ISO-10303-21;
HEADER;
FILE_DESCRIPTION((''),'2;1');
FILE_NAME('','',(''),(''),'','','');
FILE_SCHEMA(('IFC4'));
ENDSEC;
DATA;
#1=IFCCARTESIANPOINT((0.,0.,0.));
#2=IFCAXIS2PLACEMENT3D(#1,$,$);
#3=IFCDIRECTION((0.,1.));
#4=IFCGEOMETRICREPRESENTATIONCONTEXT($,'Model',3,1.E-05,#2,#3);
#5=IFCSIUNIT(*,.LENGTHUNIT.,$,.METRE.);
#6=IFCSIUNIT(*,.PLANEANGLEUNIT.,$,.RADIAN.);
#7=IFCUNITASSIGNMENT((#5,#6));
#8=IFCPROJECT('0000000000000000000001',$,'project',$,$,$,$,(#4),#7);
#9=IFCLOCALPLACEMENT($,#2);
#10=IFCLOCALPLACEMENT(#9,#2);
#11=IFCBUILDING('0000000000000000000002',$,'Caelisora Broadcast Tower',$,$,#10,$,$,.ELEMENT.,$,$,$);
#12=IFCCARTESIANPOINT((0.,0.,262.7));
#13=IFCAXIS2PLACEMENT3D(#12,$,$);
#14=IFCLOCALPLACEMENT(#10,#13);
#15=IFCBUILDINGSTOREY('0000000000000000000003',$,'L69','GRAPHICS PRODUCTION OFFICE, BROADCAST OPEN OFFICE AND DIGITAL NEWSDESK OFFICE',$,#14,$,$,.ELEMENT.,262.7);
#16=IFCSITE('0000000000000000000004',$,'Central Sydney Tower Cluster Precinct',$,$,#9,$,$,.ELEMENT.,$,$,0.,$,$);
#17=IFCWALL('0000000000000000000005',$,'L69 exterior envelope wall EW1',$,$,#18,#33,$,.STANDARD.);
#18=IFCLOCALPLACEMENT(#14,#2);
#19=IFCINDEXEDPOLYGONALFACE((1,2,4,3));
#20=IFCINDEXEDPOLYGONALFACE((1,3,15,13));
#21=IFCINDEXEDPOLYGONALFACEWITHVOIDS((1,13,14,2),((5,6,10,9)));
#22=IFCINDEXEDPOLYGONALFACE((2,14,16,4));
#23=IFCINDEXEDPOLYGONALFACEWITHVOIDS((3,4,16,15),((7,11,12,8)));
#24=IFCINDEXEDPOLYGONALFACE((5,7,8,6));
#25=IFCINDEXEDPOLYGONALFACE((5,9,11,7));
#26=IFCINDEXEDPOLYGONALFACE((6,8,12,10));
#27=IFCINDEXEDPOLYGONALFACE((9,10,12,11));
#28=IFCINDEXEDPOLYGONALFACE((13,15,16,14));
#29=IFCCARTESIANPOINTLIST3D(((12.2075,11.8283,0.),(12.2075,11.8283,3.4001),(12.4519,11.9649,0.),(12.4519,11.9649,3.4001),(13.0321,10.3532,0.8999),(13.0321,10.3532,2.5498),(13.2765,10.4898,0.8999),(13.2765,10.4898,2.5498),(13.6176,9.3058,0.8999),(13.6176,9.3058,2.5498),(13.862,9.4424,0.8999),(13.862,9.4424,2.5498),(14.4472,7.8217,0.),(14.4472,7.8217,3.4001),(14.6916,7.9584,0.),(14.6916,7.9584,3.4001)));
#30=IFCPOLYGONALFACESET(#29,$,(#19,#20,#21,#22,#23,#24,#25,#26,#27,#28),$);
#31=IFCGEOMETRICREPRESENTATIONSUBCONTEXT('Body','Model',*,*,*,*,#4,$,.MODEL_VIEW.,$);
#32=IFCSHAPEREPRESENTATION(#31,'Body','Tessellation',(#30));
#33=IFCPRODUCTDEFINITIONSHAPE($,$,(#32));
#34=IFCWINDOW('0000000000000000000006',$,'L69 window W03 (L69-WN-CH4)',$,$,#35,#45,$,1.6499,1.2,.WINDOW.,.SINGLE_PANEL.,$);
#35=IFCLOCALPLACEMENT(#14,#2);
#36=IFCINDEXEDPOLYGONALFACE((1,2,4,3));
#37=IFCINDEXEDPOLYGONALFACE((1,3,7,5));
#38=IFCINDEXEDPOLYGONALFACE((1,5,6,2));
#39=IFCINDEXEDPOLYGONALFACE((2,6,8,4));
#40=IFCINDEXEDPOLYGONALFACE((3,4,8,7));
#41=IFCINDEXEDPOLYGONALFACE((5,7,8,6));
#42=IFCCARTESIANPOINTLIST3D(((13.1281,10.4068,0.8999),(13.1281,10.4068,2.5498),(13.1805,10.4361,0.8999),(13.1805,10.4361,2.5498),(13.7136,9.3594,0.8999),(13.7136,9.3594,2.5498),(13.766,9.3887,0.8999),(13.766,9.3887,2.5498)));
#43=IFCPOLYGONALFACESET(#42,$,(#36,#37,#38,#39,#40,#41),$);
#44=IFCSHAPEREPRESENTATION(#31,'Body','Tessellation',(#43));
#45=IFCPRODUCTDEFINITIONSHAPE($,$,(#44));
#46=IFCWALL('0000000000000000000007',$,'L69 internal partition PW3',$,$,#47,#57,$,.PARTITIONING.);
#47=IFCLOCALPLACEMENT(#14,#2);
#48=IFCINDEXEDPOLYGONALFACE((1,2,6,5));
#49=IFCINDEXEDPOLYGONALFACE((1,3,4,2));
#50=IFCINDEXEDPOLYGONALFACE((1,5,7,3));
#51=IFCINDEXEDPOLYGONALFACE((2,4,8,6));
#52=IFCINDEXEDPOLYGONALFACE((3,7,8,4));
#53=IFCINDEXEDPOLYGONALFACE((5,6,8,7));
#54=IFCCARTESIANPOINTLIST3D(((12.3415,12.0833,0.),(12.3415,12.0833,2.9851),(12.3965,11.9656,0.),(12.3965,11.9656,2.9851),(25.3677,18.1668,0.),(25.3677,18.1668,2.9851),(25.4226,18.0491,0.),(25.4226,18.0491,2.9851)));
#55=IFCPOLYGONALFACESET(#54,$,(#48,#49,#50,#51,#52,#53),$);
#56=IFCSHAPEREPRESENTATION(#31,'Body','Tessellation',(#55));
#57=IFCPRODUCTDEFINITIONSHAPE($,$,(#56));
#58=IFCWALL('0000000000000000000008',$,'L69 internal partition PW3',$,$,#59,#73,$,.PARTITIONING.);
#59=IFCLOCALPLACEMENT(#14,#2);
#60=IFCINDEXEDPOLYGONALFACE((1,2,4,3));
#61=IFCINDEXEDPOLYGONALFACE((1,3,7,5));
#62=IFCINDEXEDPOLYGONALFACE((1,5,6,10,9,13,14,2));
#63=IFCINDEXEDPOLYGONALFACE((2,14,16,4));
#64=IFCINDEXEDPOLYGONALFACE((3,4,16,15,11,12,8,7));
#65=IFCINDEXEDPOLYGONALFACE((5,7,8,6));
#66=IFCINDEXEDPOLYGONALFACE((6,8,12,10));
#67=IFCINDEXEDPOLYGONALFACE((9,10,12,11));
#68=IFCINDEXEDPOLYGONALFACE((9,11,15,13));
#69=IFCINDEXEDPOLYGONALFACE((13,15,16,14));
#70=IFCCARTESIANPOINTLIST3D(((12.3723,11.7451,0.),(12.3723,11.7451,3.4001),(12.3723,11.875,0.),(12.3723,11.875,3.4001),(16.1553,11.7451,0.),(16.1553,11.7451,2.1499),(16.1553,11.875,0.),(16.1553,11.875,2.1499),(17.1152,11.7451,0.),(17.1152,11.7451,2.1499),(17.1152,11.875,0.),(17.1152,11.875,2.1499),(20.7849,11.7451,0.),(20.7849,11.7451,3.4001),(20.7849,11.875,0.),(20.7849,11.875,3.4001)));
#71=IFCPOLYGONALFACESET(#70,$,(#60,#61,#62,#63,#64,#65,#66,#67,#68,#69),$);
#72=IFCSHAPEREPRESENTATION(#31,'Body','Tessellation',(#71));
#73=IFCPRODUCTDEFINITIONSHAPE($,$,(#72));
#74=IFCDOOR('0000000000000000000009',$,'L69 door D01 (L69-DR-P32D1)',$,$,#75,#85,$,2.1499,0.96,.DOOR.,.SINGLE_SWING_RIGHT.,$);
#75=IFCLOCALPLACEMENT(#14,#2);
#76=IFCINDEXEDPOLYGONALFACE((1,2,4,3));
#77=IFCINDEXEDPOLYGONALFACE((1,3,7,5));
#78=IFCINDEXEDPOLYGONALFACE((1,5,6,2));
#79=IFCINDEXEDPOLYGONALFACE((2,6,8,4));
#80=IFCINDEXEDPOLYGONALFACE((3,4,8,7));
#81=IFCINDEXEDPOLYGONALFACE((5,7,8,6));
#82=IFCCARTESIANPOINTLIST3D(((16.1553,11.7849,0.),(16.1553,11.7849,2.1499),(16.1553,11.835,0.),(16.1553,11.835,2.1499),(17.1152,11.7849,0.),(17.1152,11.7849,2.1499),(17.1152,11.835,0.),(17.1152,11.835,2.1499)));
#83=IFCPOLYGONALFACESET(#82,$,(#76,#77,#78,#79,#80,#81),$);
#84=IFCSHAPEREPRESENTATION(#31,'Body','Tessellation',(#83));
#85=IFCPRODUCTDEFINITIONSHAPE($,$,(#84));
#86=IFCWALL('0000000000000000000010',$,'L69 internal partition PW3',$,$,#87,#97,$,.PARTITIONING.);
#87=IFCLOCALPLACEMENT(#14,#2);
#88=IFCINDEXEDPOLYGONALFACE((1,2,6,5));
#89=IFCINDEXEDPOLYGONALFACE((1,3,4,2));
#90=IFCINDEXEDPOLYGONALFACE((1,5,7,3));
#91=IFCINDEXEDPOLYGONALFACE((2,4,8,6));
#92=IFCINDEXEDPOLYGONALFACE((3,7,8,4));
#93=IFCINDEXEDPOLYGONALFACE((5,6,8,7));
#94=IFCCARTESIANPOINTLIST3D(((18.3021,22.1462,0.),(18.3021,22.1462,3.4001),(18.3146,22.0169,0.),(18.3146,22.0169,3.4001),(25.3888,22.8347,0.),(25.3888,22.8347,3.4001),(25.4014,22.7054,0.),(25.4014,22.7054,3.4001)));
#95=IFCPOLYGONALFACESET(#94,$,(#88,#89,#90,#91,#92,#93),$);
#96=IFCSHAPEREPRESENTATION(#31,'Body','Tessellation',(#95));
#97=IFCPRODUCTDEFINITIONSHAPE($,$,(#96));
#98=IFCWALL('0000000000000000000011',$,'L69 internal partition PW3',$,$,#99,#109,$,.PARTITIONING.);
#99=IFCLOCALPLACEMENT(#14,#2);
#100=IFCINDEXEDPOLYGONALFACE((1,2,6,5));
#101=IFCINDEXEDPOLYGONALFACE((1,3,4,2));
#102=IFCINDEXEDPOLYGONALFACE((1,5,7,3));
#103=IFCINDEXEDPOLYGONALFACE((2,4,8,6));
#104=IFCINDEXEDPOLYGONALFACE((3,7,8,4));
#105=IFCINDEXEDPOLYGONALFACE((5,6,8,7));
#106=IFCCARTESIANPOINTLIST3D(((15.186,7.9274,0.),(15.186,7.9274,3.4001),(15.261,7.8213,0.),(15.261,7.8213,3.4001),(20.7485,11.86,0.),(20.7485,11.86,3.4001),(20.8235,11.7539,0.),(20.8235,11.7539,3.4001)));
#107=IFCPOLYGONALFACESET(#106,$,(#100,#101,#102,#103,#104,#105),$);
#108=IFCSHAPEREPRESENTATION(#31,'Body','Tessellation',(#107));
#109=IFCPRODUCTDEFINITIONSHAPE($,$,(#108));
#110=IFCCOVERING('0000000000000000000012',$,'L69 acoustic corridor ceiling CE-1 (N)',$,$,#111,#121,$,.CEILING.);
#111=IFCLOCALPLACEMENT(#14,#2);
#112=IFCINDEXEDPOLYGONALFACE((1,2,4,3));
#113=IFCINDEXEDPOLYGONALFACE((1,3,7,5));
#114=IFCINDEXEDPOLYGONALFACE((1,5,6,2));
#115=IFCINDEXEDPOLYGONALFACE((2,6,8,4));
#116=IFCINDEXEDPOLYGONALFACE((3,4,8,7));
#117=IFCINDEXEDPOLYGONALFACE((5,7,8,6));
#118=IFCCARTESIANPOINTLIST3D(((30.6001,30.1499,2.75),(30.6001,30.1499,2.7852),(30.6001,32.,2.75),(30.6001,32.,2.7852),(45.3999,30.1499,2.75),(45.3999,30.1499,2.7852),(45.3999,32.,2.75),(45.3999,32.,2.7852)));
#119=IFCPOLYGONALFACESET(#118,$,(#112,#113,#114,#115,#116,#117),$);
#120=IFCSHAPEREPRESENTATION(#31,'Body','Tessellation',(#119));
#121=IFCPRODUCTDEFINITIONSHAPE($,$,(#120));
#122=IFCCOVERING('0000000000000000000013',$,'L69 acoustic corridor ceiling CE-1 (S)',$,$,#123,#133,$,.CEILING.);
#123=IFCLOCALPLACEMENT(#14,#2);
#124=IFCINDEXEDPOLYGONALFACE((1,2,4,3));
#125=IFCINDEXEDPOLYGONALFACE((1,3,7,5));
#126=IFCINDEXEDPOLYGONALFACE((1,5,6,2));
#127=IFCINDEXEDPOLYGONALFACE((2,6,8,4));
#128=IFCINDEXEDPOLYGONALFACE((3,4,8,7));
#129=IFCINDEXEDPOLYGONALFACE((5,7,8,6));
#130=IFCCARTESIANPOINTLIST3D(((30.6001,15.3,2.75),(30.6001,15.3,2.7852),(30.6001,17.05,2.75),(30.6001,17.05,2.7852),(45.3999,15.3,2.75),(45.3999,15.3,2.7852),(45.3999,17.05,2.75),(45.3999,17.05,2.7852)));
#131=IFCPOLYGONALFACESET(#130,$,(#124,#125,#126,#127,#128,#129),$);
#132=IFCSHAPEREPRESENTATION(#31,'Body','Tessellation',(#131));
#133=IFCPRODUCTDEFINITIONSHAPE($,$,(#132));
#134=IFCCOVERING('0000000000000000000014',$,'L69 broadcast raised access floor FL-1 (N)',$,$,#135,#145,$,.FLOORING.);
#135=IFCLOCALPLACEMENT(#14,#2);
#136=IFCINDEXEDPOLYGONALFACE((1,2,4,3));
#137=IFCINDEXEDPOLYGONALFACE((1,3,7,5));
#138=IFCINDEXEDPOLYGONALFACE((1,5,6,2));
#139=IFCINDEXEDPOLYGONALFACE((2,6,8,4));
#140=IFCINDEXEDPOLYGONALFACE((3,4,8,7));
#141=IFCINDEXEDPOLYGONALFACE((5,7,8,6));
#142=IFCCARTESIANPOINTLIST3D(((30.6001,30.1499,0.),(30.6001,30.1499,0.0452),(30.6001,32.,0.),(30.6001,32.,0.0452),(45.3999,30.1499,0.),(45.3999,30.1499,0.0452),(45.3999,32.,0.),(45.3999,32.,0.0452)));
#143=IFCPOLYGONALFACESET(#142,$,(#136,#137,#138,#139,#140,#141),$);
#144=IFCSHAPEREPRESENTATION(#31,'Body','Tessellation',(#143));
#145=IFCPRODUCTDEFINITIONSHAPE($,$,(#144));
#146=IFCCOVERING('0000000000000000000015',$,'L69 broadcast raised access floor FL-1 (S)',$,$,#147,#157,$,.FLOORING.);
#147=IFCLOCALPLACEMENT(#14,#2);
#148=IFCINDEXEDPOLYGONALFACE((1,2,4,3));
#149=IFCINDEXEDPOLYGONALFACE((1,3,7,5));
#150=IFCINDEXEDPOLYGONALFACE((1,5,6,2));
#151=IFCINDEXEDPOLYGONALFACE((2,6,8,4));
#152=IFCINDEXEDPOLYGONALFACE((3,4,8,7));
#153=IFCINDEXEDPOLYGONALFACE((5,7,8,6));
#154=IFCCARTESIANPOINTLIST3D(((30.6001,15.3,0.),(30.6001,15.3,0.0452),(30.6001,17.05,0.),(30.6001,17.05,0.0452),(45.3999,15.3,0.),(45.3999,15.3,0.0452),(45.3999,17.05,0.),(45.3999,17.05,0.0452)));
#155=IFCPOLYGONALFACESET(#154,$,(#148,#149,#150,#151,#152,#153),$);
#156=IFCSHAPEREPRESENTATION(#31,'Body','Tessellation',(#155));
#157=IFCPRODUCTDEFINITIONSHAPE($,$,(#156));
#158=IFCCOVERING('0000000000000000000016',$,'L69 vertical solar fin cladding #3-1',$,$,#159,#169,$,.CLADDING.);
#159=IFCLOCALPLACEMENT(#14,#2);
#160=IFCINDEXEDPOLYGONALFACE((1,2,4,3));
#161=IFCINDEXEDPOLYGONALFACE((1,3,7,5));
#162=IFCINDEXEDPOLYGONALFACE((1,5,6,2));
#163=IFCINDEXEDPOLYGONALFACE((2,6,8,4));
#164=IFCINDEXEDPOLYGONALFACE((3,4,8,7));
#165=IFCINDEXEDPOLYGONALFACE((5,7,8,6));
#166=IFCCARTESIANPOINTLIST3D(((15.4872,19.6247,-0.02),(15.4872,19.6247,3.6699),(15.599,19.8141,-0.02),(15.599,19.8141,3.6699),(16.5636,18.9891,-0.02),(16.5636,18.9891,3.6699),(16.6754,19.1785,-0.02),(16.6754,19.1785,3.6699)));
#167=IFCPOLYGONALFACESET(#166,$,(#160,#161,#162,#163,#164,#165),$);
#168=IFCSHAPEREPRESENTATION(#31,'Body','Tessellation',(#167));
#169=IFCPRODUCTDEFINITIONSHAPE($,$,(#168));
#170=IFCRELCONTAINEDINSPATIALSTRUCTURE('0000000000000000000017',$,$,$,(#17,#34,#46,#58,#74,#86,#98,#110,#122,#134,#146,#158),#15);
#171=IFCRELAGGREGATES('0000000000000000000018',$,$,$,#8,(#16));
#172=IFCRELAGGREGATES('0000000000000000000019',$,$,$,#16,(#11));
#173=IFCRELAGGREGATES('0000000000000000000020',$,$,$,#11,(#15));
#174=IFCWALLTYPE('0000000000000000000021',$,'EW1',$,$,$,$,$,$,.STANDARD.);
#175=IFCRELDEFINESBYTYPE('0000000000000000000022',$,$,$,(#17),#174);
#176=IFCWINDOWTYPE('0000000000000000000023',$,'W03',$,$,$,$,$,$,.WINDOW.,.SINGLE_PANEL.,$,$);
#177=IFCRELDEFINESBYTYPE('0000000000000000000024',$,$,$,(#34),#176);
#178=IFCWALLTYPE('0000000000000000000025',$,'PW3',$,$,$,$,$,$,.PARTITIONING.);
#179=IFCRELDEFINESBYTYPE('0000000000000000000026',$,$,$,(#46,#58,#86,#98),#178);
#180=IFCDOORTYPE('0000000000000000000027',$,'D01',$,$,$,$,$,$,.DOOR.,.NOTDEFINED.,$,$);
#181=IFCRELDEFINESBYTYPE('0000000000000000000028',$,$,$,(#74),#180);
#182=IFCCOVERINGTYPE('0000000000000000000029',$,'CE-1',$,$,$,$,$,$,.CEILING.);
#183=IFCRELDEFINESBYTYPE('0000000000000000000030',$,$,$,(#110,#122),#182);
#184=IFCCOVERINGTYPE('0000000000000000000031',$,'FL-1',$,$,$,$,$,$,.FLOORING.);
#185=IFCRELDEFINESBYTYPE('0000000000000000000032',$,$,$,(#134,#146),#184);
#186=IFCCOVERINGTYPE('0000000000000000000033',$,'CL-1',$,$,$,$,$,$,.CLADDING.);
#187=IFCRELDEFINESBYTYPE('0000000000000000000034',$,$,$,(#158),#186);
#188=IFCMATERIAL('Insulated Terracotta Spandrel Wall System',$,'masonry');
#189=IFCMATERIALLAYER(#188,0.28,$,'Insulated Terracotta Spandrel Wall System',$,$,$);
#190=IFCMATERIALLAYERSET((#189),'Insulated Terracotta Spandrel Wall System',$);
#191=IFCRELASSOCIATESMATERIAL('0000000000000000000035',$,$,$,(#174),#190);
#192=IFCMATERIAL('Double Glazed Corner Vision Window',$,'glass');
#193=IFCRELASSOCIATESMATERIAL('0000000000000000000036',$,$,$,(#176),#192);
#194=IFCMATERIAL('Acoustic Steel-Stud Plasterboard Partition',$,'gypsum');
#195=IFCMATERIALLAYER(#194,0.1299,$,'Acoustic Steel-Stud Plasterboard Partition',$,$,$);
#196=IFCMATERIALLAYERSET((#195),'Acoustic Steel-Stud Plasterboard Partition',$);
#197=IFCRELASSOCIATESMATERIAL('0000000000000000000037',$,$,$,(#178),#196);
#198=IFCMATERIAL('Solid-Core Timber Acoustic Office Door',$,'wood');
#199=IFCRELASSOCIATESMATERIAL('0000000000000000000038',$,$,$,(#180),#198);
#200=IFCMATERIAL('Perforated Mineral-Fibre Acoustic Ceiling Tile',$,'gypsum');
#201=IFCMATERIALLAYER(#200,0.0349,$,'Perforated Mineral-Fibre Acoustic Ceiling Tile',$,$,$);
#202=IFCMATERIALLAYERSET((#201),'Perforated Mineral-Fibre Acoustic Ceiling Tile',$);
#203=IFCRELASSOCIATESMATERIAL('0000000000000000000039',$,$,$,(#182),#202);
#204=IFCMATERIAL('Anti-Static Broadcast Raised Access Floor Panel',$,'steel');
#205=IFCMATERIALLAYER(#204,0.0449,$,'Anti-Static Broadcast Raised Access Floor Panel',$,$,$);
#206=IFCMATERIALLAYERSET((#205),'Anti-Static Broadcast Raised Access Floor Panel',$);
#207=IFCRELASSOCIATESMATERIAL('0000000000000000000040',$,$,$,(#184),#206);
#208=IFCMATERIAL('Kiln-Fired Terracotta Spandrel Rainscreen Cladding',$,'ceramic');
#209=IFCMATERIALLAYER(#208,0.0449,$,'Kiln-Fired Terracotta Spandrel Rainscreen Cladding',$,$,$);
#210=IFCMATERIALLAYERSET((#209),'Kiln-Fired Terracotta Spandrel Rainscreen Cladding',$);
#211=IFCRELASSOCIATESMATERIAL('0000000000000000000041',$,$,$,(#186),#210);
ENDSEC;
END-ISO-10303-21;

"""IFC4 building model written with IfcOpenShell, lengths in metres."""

from ifc_helpers import new_model, si_unit, direction, frame, frame_2d, origin, origin_2d, place, context, subcontext, project, spatial, polyline, rectangle, outline, extrude, source, transform, mapped, material, layer, layer_set, type_object, type_shapes, element, fill, save


model = new_model("IFC4")

# Units and contexts
model_context = context("Model", 3, precision=1e-05, world=origin(), true_north=direction((0.0, 1.0)))
body_context = subcontext(model_context, "Body", "Model", "MODEL_VIEW")
ifc_project = project(units=[si_unit("LENGTHUNIT", "METRE"), si_unit("PLANEANGLEUNIT", "RADIAN")], contexts=[model_context])

# Site, building, storey
site_placement = place(None, origin())
site = spatial("IfcSite", under=ifc_project, at=site_placement, Name="Central Sydney Tower Cluster Precinct", CompositionType="ELEMENT", RefElevation=0.0)
building_placement = place(site_placement, origin())
building = spatial("IfcBuilding", under=site, at=building_placement, Name="Caelisora Broadcast Tower", CompositionType="ELEMENT")
storey_placement = place(building_placement, frame((0.0, 0.0, 262.7)))
storey = spatial("IfcBuildingStorey", under=building, at=storey_placement, Name="L69", Description="GRAPHICS PRODUCTION OFFICE, BROADCAST OPEN OFFICE AND DIGITAL NEWSDESK OFFICE", CompositionType="ELEMENT", Elevation=262.7)

# Wall, opening, window
ifc_material_1 = material(Name="Insulated Terracotta Spandrel Wall System", Category="masonry")
ifc_layer_1 = layer(ifc_material_1, 0.28, Name="Insulated Terracotta Spandrel Wall System")
ifc_layer_set_1 = layer_set([ifc_layer_1], Name="Insulated Terracotta Spandrel Wall System")
wall_type_1 = type_object("IfcWallType", Name="EW1", PredefinedType="STANDARD", material=ifc_layer_set_1)
wall_1_placement = place(storey_placement, frame((14.5693, 7.8901, 0.0), z_axis=(0.0, 0.0, 1.0), x_axis=(-0.487949, 0.872872, 0.0)))
wall_1 = element("IfcWall", 1, at=wall_1_placement, inside=storey, type_object=wall_type_1, Name="L69 exterior envelope wall EW1", PredefinedType="STANDARD", context=body_context, shape_type="SweptSolid", body=[
    extrude(rectangle(XDim=4.5901, YDim=0.28, at=frame_2d((2.2949, 0.0))), origin(), (0.0, 0.0, 1.0), 3.4001),
])
opening_1_placement = place(wall_1_placement, frame((1.7, 0.0, 0.8999)))
opening_1 = element("IfcOpeningElement", 2, at=opening_1_placement, cuts=wall_1, PredefinedType="OPENING", context=body_context, shape_type="SweptSolid", body=[
    extrude(rectangle(XDim=1.2, YDim=1.6499, at=frame_2d((0.6001, 0.825))), frame((0.0, 0.1521, 0.0), z_axis=(0.0, -1.0, 0.0), x_axis=(1.0, 0.0, 0.0)), (0.0, 0.0, 1.0), 0.304),
])
ifc_material_2 = material(Name="Double Glazed Corner Vision Window", Category="glass")
window_type = type_object("IfcWindowType", Name="W03", PartitioningType="SINGLE_PANEL", PredefinedType="WINDOW", material=ifc_material_2)
window_placement = place(opening_1_placement, origin())
window = element("IfcWindow", 3, at=window_placement, inside=storey, type_object=window_type, Name="L69 window W03 (L69-WN-CH4)", OverallHeight=1.6499, OverallWidth=1.2, PartitioningType="SINGLE_PANEL", PredefinedType="WINDOW", context=body_context, shape_type="SweptSolid", body=[
    extrude(rectangle(XDim=1.2, YDim=1.6499, at=frame_2d((0.6001, 0.825))), frame((0.0, 0.03, 0.0), z_axis=(0.0, -1.0, 0.0), x_axis=(1.0, 0.0, 0.0)), (0.0, 0.0, 1.0), 0.0601),
])
fill(opening_1, window)

# Wall
ifc_material_3 = material(Name="Acoustic Steel-Stud Plasterboard Partition", Category="gypsum")
ifc_layer_2 = layer(ifc_material_3, 0.1299, Name="Acoustic Steel-Stud Plasterboard Partition")
ifc_layer_set_2 = layer_set([ifc_layer_2], Name="Acoustic Steel-Stud Plasterboard Partition")
wall_type_2 = type_object("IfcWallType", Name="PW3", PredefinedType="PARTITIONING", material=ifc_layer_set_2)
wall_2_placement = place(storey_placement, frame((12.3689, 12.0244, 0.0), z_axis=(0.0, 0.0, 1.0), x_axis=(0.906059, 0.42315, 0.0)))
element("IfcWall", 4, at=wall_2_placement, inside=storey, type_object=wall_type_2, Name="L69 internal partition PW3", PredefinedType="PARTITIONING", context=body_context, shape_type="SweptSolid", body=[
    extrude(rectangle(XDim=14.3767, YDim=0.1299, at=frame_2d((7.1885, 0.0))), origin(), (0.0, 0.0, 1.0), 2.9851),
])

# Wall, opening, door
wall_3_placement = place(storey_placement, frame((12.3723, 11.8101, 0.0), z_axis=(0.0, 0.0, 1.0), x_axis=(1.0, 0.0, 0.0)))
wall_3 = element("IfcWall", 5, at=wall_3_placement, inside=storey, type_object=wall_type_2, Name="L69 internal partition PW3", PredefinedType="PARTITIONING", context=body_context, shape_type="SweptSolid", body=[
    extrude(rectangle(XDim=8.4126, YDim=0.1299, at=frame_2d((4.2063, 0.0))), origin(), (0.0, 0.0, 1.0), 3.4001),
])
opening_2_placement = place(wall_3_placement, frame((3.783, 0.0, 0.0)))
opening_2 = element("IfcOpeningElement", 6, at=opening_2_placement, cuts=wall_3, PredefinedType="OPENING", context=body_context, shape_type="SweptSolid", body=[
    extrude(rectangle(XDim=0.96, YDim=2.1499, at=frame_2d((0.48, 1.075))), frame((0.0, 0.0769, 0.0), z_axis=(0.0, -1.0, 0.0), x_axis=(1.0, 0.0, 0.0)), (0.0, 0.0, 1.0), 0.1538),
])
ifc_material_4 = material(Name="Solid-Core Timber Acoustic Office Door", Category="wood")
door_type = type_object("IfcDoorType", Name="D01", OperationType="NOTDEFINED", PredefinedType="DOOR", material=ifc_material_4)
door_placement = place(opening_2_placement, origin())
door = element("IfcDoor", 7, at=door_placement, inside=storey, type_object=door_type, Name="L69 door D01 (L69-DR-P32D1)", OperationType="SINGLE_SWING_RIGHT", OverallHeight=2.1499, OverallWidth=0.96, PredefinedType="DOOR", context=body_context, shape_type="SweptSolid", body=[
    extrude(rectangle(XDim=0.96, YDim=2.1499, at=frame_2d((0.48, 1.075))), frame((0.0, 0.0249, 0.0), z_axis=(0.0, -1.0, 0.0), x_axis=(1.0, 0.0, 0.0)), (0.0, 0.0, 1.0), 0.05),
])
fill(opening_2, door)

# Walls
wall_4_placement = place(storey_placement, frame((18.3083, 22.0815, 0.0), z_axis=(0.0, 0.0, 1.0), x_axis=(0.995314, 0.096696, 0.0)))
element("IfcWall", 8, at=wall_4_placement, inside=storey, type_object=wall_type_2, Name="L69 internal partition PW3", PredefinedType="PARTITIONING", context=body_context, shape_type="SweptSolid", body=[
    extrude(rectangle(XDim=7.1201, YDim=0.1299, at=frame_2d((3.5601, 0.0))), origin(), (0.0, 0.0, 1.0), 3.4001),
])
wall_5_placement = place(storey_placement, frame((15.2234, 7.8743, 0.0), z_axis=(0.0, 0.0, 1.0), x_axis=(0.816543, 0.577285, 0.0)))
element("IfcWall", 9, at=wall_5_placement, inside=storey, type_object=wall_type_2, Name="L69 internal partition PW3", PredefinedType="PARTITIONING", context=body_context, shape_type="SweptSolid", body=[
    extrude(rectangle(XDim=6.8123, YDim=0.1299, at=frame_2d((3.4062, 0.0))), origin(), (0.0, 0.0, 1.0), 3.4001),
])

# Coverings
ifc_material_5 = material(Name="Perforated Mineral-Fibre Acoustic Ceiling Tile", Category="gypsum")
ifc_layer_3 = layer(ifc_material_5, 0.0349, Name="Perforated Mineral-Fibre Acoustic Ceiling Tile")
ifc_layer_set_3 = layer_set([ifc_layer_3], Name="Perforated Mineral-Fibre Acoustic Ceiling Tile")
covering_type_1 = type_object("IfcCoveringType", Name="CE-1", PredefinedType="CEILING", material=ifc_layer_set_3)
covering_1_placement = place(storey_placement, frame((0.0, 0.0, 2.75)))
element("IfcCovering", 10, at=covering_1_placement, inside=storey, type_object=covering_type_1, Name="L69 acoustic corridor ceiling CE-1 (N)", PredefinedType="CEILING", context=body_context, shape_type="SweptSolid", body=[
    extrude(outline(polyline([(30.6001, 30.1499), (45.3999, 30.1499), (45.3999, 32.0), (30.6001, 32.0), (30.6001, 30.1499)])), origin(), (0.0, 0.0, 1.0), 0.0352),
])
covering_2_placement = place(storey_placement, frame((0.0, 0.0, 2.75)))
element("IfcCovering", 11, at=covering_2_placement, inside=storey, type_object=covering_type_1, Name="L69 acoustic corridor ceiling CE-1 (S)", PredefinedType="CEILING", context=body_context, shape_type="SweptSolid", body=[
    extrude(outline(polyline([(30.6001, 15.3), (45.3999, 15.3), (45.3999, 17.05), (30.6001, 17.05), (30.6001, 15.3)])), origin(), (0.0, 0.0, 1.0), 0.0352),
])
ifc_material_6 = material(Name="Anti-Static Broadcast Raised Access Floor Panel", Category="steel")
ifc_layer_4 = layer(ifc_material_6, 0.0449, Name="Anti-Static Broadcast Raised Access Floor Panel")
ifc_layer_set_4 = layer_set([ifc_layer_4], Name="Anti-Static Broadcast Raised Access Floor Panel")
covering_type_2 = type_object("IfcCoveringType", Name="FL-1", PredefinedType="FLOORING", material=ifc_layer_set_4)
covering_3_placement = place(storey_placement, origin())
element("IfcCovering", 12, at=covering_3_placement, inside=storey, type_object=covering_type_2, Name="L69 broadcast raised access floor FL-1 (N)", PredefinedType="FLOORING", context=body_context, shape_type="SweptSolid", body=[
    extrude(outline(polyline([(30.6001, 30.1499), (45.3999, 30.1499), (45.3999, 32.0), (30.6001, 32.0), (30.6001, 30.1499)])), origin(), (0.0, 0.0, 1.0), 0.0452),
])
covering_4_placement = place(storey_placement, origin())
element("IfcCovering", 13, at=covering_4_placement, inside=storey, type_object=covering_type_2, Name="L69 broadcast raised access floor FL-1 (S)", PredefinedType="FLOORING", context=body_context, shape_type="SweptSolid", body=[
    extrude(outline(polyline([(30.6001, 15.3), (45.3999, 15.3), (45.3999, 17.05), (30.6001, 17.05), (30.6001, 15.3)])), origin(), (0.0, 0.0, 1.0), 0.0452),
])
ifc_material_7 = material(Name="Kiln-Fired Terracotta Spandrel Rainscreen Cladding", Category="ceramic")
ifc_layer_5 = layer(ifc_material_7, 0.0449, Name="Kiln-Fired Terracotta Spandrel Rainscreen Cladding")
ifc_layer_set_5 = layer_set([ifc_layer_5], Name="Kiln-Fired Terracotta Spandrel Rainscreen Cladding")
covering_type_3 = type_object("IfcCoveringType", Name="CL-1", PredefinedType="CLADDING", material=ifc_layer_set_5)
shared_shape_1 = source(origin(), body_context, "Body", "SweptSolid", [
    extrude(rectangle(XDim=0.22, YDim=1.25, at=origin_2d()), origin(), (0.0, 0.0, 1.0), 3.6899),
])
type_shapes(covering_type_3, [shared_shape_1])
covering_5_placement = place(storey_placement, frame((16.0813, 19.4016, -0.02), z_axis=(0.0, 0.0, 1.0), x_axis=(0.50844, 0.861097, 0.0)))
element("IfcCovering", 14, at=covering_5_placement, inside=storey, type_object=covering_type_3, Name="L69 vertical solar fin cladding #3-1", PredefinedType="CLADDING", context=body_context, shape_type="MappedRepresentation", body=[
    mapped(shared_shape_1, transform((0.0, 0.0, 0.0), scale=1.0)),
])

save(model, "model.ifc")
